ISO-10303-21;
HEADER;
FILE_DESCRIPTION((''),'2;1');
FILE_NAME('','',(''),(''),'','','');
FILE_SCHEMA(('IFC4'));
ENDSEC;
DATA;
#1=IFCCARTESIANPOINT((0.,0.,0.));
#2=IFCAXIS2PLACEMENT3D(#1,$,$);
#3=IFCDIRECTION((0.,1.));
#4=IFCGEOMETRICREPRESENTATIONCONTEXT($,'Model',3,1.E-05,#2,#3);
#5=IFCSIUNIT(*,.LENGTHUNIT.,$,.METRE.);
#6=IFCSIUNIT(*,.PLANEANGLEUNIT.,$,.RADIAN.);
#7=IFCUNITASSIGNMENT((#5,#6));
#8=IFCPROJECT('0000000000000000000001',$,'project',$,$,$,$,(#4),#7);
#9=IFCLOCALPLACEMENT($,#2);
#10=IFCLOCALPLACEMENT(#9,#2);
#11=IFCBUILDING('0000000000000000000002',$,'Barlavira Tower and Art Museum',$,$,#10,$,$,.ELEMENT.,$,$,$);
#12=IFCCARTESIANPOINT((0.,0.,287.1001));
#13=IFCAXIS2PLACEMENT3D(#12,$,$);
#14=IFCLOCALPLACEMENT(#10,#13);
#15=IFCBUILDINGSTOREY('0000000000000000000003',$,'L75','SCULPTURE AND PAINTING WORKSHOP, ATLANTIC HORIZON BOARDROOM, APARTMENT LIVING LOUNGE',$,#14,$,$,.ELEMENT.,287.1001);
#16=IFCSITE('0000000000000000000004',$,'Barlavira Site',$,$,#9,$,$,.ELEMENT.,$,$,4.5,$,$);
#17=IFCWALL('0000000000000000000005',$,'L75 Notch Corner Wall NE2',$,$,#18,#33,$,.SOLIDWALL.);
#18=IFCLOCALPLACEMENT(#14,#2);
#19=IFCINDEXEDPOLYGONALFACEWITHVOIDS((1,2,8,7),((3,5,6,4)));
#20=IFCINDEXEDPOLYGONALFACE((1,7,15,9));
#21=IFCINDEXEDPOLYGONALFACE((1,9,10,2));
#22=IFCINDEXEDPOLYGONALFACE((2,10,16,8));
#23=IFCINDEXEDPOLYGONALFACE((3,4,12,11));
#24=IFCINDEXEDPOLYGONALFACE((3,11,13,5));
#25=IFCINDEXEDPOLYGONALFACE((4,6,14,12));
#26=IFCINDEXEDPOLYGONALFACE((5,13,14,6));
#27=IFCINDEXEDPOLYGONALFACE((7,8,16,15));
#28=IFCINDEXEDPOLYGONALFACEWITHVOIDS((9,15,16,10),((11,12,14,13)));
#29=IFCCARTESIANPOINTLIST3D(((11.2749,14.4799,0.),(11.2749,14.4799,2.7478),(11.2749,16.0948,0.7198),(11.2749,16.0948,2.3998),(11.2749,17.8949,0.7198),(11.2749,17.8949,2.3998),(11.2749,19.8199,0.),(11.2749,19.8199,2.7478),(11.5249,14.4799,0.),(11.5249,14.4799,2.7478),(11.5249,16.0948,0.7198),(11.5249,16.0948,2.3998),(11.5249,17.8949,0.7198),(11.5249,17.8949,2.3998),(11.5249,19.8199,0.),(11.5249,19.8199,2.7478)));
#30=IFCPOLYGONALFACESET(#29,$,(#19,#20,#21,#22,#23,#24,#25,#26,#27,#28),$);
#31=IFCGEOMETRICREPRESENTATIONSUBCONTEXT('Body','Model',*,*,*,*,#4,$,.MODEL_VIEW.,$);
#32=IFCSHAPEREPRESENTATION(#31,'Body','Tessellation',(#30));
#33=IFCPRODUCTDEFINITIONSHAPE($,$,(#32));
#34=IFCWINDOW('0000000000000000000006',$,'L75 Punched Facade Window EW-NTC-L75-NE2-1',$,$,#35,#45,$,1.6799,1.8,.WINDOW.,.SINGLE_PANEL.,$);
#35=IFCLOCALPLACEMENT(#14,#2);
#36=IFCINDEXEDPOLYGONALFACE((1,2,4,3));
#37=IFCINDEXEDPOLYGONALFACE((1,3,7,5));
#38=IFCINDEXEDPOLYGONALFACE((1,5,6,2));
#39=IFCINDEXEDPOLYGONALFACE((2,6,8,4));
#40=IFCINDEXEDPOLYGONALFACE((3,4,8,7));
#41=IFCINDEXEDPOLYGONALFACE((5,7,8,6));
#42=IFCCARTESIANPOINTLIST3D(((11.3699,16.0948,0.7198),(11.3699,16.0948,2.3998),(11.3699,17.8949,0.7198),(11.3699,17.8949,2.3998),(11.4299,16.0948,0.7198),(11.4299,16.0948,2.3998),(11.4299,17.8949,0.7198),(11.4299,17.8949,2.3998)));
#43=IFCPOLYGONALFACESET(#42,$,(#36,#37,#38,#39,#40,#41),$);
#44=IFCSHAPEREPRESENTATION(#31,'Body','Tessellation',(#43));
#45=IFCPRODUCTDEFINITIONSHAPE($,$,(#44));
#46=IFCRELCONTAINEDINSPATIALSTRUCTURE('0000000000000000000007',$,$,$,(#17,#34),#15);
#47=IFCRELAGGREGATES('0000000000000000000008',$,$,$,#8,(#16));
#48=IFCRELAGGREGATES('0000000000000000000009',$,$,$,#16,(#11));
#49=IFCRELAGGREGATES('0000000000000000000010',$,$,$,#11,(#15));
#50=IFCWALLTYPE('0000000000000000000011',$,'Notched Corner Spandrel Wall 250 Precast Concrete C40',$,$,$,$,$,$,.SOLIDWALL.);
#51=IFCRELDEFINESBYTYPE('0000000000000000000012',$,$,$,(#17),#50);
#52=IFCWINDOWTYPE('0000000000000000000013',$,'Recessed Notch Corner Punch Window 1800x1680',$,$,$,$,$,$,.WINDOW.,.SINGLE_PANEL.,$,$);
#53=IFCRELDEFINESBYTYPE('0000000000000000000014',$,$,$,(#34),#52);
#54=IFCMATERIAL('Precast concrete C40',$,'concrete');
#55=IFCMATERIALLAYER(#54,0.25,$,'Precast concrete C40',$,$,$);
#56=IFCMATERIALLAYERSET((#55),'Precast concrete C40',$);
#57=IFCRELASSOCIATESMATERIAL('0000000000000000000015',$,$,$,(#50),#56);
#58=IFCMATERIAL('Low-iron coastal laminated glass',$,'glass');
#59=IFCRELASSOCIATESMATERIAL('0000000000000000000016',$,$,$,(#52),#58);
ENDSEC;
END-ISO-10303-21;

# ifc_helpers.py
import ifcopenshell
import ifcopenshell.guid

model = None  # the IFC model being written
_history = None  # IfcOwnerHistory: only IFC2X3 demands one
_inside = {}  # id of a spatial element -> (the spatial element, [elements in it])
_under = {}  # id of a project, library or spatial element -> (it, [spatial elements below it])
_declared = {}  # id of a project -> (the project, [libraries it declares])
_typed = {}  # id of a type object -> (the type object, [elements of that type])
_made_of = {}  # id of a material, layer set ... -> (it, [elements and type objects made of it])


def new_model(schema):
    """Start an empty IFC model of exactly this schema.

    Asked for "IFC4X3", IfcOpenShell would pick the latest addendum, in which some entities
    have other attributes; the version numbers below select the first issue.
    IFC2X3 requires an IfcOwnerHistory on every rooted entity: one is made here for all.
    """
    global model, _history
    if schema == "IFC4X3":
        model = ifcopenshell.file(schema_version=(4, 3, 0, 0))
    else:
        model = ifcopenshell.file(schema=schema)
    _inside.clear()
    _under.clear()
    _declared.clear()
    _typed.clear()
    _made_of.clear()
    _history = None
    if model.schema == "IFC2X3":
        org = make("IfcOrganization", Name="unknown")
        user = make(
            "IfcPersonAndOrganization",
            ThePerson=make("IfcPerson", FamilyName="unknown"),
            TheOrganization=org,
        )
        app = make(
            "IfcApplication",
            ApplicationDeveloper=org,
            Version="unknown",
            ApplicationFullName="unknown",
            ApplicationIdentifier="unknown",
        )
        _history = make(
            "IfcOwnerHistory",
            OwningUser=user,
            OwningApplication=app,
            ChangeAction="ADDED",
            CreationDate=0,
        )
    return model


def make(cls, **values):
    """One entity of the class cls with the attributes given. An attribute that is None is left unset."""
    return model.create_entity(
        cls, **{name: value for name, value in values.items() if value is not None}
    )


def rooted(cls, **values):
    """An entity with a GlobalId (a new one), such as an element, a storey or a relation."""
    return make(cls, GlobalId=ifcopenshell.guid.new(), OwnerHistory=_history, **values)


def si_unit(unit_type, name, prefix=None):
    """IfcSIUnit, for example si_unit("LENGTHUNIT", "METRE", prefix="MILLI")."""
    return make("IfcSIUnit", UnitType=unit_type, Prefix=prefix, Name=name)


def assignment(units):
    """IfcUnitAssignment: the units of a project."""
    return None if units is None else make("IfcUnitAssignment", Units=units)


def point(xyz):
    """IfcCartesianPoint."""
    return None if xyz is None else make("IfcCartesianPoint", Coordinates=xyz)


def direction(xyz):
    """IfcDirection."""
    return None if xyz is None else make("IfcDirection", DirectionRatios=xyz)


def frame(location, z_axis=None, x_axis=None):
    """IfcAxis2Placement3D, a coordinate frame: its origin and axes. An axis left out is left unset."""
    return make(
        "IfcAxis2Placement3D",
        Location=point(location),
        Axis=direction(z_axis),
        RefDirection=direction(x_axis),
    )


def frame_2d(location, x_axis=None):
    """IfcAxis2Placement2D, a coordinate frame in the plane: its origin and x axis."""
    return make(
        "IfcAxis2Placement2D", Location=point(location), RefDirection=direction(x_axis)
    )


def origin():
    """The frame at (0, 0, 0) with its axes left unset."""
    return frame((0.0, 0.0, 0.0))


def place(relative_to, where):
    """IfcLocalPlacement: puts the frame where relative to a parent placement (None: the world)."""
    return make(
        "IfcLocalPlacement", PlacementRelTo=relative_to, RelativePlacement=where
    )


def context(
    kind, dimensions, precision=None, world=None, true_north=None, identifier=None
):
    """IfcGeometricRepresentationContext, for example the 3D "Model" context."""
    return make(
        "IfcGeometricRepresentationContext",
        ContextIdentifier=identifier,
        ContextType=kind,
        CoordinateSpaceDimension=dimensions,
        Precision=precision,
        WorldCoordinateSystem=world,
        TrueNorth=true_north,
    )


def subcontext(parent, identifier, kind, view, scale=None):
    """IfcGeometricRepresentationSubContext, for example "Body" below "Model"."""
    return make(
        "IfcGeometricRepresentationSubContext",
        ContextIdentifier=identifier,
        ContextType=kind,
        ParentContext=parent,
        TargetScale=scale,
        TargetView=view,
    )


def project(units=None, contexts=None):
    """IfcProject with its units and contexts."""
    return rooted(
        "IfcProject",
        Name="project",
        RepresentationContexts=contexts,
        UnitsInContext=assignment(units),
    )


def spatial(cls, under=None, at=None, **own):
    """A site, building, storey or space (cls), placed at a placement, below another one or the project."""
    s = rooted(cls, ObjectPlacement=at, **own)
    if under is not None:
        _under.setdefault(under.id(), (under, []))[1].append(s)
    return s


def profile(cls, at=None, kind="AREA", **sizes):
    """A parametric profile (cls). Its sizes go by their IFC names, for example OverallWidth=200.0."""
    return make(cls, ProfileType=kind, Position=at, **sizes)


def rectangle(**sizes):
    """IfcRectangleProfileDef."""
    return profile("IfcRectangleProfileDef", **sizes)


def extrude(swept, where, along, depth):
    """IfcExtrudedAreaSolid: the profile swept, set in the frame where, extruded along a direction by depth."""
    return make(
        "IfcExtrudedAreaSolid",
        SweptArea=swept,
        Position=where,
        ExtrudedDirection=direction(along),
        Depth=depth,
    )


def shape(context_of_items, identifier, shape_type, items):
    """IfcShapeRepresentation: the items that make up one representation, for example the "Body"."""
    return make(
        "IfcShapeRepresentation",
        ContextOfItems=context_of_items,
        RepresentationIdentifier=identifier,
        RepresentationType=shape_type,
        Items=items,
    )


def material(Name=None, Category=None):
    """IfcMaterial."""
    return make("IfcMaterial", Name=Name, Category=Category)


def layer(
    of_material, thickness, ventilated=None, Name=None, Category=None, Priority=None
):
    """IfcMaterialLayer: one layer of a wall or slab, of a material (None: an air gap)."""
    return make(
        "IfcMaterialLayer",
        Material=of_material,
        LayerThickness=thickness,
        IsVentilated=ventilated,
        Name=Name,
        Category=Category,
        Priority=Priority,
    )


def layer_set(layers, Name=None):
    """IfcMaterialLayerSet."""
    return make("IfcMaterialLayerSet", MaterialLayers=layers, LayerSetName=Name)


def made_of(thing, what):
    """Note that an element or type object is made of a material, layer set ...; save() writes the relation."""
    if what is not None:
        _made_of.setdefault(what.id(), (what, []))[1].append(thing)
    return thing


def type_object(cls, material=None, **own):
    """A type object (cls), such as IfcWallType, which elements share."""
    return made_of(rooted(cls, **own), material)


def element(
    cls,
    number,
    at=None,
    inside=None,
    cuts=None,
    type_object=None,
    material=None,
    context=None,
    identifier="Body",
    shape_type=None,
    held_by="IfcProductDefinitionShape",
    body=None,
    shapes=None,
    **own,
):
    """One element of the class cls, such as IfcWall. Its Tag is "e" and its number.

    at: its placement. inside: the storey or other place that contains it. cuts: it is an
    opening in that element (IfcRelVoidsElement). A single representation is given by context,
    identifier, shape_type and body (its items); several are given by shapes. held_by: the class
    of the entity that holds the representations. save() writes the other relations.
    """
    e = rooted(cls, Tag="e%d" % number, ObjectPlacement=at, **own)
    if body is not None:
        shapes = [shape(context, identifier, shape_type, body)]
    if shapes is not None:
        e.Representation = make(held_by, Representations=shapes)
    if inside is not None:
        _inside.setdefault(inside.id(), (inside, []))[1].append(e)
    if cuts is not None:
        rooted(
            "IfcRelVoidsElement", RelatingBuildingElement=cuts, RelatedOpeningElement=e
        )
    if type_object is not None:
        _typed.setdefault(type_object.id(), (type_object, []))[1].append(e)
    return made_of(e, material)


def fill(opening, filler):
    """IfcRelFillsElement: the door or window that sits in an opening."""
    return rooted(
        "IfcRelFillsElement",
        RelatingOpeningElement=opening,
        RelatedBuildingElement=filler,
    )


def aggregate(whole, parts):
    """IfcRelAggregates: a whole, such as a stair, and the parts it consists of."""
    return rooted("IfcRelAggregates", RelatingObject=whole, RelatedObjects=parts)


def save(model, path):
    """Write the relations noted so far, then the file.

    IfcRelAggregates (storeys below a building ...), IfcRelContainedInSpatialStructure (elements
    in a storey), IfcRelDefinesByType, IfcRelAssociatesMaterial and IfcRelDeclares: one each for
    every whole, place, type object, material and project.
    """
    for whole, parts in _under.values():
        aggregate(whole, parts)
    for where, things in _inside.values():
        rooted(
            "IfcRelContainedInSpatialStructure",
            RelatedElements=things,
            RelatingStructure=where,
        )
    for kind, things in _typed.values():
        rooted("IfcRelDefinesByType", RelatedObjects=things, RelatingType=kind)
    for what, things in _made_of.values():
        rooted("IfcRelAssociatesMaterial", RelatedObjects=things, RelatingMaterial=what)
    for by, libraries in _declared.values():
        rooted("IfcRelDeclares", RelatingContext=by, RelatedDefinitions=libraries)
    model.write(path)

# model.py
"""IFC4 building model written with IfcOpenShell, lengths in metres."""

from ifc_helpers import new_model, si_unit, direction, frame, frame_2d, origin, place, context, subcontext, project, spatial, rectangle, extrude, material, layer, layer_set, type_object, element, fill, save


model = new_model("IFC4")

# Units and contexts
model_context = context("Model", 3, precision=1e-05, world=origin(), true_north=direction((0.0, 1.0)))
body_context = subcontext(model_context, "Body", "Model", "MODEL_VIEW")
ifc_project = project(units=[si_unit("LENGTHUNIT", "METRE"), si_unit("PLANEANGLEUNIT", "RADIAN")], contexts=[model_context])

# Site, building, storey
site_placement = place(None, origin())
site = spatial("IfcSite", under=ifc_project, at=site_placement, Name="Barlavira Site", CompositionType="ELEMENT", RefElevation=4.5)
building_placement = place(site_placement, origin())
building = spatial("IfcBuilding", under=site, at=building_placement, Name="Barlavira Tower and Art Museum", CompositionType="ELEMENT")
storey_placement = place(building_placement, frame((0.0, 0.0, 287.1001)))
storey = spatial("IfcBuildingStorey", under=building, at=storey_placement, Name="L75", Description="SCULPTURE AND PAINTING WORKSHOP, ATLANTIC HORIZON BOARDROOM, APARTMENT LIVING LOUNGE", CompositionType="ELEMENT", Elevation=287.1001)

# Shared definitions
ifc_material_1 = material(Name="Low-iron coastal laminated glass", Category="glass")

# Shared definitions
ifc_material_2 = material(Name="Precast concrete C40", Category="concrete")
ifc_layer_1 = layer(ifc_material_2, 0.25, Name="Precast concrete C40")
ifc_layer_set_1 = layer_set([ifc_layer_1], Name="Precast concrete C40")
wall_type_1 = type_object("IfcWallType", Name="Notched Corner Spandrel Wall 250 Precast Concrete C40", PredefinedType="SOLIDWALL", material=ifc_layer_set_1)

# Shared definitions
window_type_1 = type_object("IfcWindowType", Name="Recessed Notch Corner Punch Window 1800x1680", PartitioningType="SINGLE_PANEL", PredefinedType="WINDOW", material=ifc_material_1)

# Wall, opening, window
wall_1_placement = place(storey_placement, frame((11.3999, 14.48, 0.0), z_axis=(0.0, 0.0, 1.0), x_axis=(0.0, 1.0, 0.0)))
wall_1 = element("IfcWall", 1, at=wall_1_placement, inside=storey, type_object=wall_type_1, Name="L75 Notch Corner Wall NE2", PredefinedType="SOLIDWALL", context=body_context, shape_type="SweptSolid", body=[
    extrude(rectangle(XDim=5.3401, YDim=0.25, at=frame_2d((2.6699, 0.0))), origin(), (0.0, 0.0, 1.0), 2.7478),
])
opening_1_placement = place(wall_1_placement, frame((1.615, 0.0, 0.72)))
opening_1 = element("IfcOpeningElement", 2, at=opening_1_placement, cuts=wall_1, PredefinedType="OPENING", context=body_context, shape_type="SweptSolid", body=[
    extrude(rectangle(XDim=1.8, YDim=1.6799, at=frame_2d((0.8999, 0.8398))), frame((0.0, 0.135, 0.0), z_axis=(0.0, -1.0, 0.0), x_axis=(1.0, 0.0, 0.0)), (0.0, 0.0, 1.0), 0.27),
])
window_1_placement = place(opening_1_placement, origin())
window_1 = element("IfcWindow", 3, at=window_1_placement, inside=storey, type_object=window_type_1, Name="L75 Punched Facade Window EW-NTC-L75-NE2-1", OverallHeight=1.6799, OverallWidth=1.8, PartitioningType="SINGLE_PANEL", PredefinedType="WINDOW", context=body_context, shape_type="SweptSolid", body=[
    extrude(rectangle(XDim=1.8, YDim=1.6799, at=frame_2d((0.8999, 0.8398))), frame((0.0, 0.03, 0.0), z_axis=(0.0, -1.0, 0.0), x_axis=(1.0, 0.0, 0.0)), (0.0, 0.0, 1.0), 0.0601),
])
fill(opening_1, window_1)

save(model, "model.ifc")
